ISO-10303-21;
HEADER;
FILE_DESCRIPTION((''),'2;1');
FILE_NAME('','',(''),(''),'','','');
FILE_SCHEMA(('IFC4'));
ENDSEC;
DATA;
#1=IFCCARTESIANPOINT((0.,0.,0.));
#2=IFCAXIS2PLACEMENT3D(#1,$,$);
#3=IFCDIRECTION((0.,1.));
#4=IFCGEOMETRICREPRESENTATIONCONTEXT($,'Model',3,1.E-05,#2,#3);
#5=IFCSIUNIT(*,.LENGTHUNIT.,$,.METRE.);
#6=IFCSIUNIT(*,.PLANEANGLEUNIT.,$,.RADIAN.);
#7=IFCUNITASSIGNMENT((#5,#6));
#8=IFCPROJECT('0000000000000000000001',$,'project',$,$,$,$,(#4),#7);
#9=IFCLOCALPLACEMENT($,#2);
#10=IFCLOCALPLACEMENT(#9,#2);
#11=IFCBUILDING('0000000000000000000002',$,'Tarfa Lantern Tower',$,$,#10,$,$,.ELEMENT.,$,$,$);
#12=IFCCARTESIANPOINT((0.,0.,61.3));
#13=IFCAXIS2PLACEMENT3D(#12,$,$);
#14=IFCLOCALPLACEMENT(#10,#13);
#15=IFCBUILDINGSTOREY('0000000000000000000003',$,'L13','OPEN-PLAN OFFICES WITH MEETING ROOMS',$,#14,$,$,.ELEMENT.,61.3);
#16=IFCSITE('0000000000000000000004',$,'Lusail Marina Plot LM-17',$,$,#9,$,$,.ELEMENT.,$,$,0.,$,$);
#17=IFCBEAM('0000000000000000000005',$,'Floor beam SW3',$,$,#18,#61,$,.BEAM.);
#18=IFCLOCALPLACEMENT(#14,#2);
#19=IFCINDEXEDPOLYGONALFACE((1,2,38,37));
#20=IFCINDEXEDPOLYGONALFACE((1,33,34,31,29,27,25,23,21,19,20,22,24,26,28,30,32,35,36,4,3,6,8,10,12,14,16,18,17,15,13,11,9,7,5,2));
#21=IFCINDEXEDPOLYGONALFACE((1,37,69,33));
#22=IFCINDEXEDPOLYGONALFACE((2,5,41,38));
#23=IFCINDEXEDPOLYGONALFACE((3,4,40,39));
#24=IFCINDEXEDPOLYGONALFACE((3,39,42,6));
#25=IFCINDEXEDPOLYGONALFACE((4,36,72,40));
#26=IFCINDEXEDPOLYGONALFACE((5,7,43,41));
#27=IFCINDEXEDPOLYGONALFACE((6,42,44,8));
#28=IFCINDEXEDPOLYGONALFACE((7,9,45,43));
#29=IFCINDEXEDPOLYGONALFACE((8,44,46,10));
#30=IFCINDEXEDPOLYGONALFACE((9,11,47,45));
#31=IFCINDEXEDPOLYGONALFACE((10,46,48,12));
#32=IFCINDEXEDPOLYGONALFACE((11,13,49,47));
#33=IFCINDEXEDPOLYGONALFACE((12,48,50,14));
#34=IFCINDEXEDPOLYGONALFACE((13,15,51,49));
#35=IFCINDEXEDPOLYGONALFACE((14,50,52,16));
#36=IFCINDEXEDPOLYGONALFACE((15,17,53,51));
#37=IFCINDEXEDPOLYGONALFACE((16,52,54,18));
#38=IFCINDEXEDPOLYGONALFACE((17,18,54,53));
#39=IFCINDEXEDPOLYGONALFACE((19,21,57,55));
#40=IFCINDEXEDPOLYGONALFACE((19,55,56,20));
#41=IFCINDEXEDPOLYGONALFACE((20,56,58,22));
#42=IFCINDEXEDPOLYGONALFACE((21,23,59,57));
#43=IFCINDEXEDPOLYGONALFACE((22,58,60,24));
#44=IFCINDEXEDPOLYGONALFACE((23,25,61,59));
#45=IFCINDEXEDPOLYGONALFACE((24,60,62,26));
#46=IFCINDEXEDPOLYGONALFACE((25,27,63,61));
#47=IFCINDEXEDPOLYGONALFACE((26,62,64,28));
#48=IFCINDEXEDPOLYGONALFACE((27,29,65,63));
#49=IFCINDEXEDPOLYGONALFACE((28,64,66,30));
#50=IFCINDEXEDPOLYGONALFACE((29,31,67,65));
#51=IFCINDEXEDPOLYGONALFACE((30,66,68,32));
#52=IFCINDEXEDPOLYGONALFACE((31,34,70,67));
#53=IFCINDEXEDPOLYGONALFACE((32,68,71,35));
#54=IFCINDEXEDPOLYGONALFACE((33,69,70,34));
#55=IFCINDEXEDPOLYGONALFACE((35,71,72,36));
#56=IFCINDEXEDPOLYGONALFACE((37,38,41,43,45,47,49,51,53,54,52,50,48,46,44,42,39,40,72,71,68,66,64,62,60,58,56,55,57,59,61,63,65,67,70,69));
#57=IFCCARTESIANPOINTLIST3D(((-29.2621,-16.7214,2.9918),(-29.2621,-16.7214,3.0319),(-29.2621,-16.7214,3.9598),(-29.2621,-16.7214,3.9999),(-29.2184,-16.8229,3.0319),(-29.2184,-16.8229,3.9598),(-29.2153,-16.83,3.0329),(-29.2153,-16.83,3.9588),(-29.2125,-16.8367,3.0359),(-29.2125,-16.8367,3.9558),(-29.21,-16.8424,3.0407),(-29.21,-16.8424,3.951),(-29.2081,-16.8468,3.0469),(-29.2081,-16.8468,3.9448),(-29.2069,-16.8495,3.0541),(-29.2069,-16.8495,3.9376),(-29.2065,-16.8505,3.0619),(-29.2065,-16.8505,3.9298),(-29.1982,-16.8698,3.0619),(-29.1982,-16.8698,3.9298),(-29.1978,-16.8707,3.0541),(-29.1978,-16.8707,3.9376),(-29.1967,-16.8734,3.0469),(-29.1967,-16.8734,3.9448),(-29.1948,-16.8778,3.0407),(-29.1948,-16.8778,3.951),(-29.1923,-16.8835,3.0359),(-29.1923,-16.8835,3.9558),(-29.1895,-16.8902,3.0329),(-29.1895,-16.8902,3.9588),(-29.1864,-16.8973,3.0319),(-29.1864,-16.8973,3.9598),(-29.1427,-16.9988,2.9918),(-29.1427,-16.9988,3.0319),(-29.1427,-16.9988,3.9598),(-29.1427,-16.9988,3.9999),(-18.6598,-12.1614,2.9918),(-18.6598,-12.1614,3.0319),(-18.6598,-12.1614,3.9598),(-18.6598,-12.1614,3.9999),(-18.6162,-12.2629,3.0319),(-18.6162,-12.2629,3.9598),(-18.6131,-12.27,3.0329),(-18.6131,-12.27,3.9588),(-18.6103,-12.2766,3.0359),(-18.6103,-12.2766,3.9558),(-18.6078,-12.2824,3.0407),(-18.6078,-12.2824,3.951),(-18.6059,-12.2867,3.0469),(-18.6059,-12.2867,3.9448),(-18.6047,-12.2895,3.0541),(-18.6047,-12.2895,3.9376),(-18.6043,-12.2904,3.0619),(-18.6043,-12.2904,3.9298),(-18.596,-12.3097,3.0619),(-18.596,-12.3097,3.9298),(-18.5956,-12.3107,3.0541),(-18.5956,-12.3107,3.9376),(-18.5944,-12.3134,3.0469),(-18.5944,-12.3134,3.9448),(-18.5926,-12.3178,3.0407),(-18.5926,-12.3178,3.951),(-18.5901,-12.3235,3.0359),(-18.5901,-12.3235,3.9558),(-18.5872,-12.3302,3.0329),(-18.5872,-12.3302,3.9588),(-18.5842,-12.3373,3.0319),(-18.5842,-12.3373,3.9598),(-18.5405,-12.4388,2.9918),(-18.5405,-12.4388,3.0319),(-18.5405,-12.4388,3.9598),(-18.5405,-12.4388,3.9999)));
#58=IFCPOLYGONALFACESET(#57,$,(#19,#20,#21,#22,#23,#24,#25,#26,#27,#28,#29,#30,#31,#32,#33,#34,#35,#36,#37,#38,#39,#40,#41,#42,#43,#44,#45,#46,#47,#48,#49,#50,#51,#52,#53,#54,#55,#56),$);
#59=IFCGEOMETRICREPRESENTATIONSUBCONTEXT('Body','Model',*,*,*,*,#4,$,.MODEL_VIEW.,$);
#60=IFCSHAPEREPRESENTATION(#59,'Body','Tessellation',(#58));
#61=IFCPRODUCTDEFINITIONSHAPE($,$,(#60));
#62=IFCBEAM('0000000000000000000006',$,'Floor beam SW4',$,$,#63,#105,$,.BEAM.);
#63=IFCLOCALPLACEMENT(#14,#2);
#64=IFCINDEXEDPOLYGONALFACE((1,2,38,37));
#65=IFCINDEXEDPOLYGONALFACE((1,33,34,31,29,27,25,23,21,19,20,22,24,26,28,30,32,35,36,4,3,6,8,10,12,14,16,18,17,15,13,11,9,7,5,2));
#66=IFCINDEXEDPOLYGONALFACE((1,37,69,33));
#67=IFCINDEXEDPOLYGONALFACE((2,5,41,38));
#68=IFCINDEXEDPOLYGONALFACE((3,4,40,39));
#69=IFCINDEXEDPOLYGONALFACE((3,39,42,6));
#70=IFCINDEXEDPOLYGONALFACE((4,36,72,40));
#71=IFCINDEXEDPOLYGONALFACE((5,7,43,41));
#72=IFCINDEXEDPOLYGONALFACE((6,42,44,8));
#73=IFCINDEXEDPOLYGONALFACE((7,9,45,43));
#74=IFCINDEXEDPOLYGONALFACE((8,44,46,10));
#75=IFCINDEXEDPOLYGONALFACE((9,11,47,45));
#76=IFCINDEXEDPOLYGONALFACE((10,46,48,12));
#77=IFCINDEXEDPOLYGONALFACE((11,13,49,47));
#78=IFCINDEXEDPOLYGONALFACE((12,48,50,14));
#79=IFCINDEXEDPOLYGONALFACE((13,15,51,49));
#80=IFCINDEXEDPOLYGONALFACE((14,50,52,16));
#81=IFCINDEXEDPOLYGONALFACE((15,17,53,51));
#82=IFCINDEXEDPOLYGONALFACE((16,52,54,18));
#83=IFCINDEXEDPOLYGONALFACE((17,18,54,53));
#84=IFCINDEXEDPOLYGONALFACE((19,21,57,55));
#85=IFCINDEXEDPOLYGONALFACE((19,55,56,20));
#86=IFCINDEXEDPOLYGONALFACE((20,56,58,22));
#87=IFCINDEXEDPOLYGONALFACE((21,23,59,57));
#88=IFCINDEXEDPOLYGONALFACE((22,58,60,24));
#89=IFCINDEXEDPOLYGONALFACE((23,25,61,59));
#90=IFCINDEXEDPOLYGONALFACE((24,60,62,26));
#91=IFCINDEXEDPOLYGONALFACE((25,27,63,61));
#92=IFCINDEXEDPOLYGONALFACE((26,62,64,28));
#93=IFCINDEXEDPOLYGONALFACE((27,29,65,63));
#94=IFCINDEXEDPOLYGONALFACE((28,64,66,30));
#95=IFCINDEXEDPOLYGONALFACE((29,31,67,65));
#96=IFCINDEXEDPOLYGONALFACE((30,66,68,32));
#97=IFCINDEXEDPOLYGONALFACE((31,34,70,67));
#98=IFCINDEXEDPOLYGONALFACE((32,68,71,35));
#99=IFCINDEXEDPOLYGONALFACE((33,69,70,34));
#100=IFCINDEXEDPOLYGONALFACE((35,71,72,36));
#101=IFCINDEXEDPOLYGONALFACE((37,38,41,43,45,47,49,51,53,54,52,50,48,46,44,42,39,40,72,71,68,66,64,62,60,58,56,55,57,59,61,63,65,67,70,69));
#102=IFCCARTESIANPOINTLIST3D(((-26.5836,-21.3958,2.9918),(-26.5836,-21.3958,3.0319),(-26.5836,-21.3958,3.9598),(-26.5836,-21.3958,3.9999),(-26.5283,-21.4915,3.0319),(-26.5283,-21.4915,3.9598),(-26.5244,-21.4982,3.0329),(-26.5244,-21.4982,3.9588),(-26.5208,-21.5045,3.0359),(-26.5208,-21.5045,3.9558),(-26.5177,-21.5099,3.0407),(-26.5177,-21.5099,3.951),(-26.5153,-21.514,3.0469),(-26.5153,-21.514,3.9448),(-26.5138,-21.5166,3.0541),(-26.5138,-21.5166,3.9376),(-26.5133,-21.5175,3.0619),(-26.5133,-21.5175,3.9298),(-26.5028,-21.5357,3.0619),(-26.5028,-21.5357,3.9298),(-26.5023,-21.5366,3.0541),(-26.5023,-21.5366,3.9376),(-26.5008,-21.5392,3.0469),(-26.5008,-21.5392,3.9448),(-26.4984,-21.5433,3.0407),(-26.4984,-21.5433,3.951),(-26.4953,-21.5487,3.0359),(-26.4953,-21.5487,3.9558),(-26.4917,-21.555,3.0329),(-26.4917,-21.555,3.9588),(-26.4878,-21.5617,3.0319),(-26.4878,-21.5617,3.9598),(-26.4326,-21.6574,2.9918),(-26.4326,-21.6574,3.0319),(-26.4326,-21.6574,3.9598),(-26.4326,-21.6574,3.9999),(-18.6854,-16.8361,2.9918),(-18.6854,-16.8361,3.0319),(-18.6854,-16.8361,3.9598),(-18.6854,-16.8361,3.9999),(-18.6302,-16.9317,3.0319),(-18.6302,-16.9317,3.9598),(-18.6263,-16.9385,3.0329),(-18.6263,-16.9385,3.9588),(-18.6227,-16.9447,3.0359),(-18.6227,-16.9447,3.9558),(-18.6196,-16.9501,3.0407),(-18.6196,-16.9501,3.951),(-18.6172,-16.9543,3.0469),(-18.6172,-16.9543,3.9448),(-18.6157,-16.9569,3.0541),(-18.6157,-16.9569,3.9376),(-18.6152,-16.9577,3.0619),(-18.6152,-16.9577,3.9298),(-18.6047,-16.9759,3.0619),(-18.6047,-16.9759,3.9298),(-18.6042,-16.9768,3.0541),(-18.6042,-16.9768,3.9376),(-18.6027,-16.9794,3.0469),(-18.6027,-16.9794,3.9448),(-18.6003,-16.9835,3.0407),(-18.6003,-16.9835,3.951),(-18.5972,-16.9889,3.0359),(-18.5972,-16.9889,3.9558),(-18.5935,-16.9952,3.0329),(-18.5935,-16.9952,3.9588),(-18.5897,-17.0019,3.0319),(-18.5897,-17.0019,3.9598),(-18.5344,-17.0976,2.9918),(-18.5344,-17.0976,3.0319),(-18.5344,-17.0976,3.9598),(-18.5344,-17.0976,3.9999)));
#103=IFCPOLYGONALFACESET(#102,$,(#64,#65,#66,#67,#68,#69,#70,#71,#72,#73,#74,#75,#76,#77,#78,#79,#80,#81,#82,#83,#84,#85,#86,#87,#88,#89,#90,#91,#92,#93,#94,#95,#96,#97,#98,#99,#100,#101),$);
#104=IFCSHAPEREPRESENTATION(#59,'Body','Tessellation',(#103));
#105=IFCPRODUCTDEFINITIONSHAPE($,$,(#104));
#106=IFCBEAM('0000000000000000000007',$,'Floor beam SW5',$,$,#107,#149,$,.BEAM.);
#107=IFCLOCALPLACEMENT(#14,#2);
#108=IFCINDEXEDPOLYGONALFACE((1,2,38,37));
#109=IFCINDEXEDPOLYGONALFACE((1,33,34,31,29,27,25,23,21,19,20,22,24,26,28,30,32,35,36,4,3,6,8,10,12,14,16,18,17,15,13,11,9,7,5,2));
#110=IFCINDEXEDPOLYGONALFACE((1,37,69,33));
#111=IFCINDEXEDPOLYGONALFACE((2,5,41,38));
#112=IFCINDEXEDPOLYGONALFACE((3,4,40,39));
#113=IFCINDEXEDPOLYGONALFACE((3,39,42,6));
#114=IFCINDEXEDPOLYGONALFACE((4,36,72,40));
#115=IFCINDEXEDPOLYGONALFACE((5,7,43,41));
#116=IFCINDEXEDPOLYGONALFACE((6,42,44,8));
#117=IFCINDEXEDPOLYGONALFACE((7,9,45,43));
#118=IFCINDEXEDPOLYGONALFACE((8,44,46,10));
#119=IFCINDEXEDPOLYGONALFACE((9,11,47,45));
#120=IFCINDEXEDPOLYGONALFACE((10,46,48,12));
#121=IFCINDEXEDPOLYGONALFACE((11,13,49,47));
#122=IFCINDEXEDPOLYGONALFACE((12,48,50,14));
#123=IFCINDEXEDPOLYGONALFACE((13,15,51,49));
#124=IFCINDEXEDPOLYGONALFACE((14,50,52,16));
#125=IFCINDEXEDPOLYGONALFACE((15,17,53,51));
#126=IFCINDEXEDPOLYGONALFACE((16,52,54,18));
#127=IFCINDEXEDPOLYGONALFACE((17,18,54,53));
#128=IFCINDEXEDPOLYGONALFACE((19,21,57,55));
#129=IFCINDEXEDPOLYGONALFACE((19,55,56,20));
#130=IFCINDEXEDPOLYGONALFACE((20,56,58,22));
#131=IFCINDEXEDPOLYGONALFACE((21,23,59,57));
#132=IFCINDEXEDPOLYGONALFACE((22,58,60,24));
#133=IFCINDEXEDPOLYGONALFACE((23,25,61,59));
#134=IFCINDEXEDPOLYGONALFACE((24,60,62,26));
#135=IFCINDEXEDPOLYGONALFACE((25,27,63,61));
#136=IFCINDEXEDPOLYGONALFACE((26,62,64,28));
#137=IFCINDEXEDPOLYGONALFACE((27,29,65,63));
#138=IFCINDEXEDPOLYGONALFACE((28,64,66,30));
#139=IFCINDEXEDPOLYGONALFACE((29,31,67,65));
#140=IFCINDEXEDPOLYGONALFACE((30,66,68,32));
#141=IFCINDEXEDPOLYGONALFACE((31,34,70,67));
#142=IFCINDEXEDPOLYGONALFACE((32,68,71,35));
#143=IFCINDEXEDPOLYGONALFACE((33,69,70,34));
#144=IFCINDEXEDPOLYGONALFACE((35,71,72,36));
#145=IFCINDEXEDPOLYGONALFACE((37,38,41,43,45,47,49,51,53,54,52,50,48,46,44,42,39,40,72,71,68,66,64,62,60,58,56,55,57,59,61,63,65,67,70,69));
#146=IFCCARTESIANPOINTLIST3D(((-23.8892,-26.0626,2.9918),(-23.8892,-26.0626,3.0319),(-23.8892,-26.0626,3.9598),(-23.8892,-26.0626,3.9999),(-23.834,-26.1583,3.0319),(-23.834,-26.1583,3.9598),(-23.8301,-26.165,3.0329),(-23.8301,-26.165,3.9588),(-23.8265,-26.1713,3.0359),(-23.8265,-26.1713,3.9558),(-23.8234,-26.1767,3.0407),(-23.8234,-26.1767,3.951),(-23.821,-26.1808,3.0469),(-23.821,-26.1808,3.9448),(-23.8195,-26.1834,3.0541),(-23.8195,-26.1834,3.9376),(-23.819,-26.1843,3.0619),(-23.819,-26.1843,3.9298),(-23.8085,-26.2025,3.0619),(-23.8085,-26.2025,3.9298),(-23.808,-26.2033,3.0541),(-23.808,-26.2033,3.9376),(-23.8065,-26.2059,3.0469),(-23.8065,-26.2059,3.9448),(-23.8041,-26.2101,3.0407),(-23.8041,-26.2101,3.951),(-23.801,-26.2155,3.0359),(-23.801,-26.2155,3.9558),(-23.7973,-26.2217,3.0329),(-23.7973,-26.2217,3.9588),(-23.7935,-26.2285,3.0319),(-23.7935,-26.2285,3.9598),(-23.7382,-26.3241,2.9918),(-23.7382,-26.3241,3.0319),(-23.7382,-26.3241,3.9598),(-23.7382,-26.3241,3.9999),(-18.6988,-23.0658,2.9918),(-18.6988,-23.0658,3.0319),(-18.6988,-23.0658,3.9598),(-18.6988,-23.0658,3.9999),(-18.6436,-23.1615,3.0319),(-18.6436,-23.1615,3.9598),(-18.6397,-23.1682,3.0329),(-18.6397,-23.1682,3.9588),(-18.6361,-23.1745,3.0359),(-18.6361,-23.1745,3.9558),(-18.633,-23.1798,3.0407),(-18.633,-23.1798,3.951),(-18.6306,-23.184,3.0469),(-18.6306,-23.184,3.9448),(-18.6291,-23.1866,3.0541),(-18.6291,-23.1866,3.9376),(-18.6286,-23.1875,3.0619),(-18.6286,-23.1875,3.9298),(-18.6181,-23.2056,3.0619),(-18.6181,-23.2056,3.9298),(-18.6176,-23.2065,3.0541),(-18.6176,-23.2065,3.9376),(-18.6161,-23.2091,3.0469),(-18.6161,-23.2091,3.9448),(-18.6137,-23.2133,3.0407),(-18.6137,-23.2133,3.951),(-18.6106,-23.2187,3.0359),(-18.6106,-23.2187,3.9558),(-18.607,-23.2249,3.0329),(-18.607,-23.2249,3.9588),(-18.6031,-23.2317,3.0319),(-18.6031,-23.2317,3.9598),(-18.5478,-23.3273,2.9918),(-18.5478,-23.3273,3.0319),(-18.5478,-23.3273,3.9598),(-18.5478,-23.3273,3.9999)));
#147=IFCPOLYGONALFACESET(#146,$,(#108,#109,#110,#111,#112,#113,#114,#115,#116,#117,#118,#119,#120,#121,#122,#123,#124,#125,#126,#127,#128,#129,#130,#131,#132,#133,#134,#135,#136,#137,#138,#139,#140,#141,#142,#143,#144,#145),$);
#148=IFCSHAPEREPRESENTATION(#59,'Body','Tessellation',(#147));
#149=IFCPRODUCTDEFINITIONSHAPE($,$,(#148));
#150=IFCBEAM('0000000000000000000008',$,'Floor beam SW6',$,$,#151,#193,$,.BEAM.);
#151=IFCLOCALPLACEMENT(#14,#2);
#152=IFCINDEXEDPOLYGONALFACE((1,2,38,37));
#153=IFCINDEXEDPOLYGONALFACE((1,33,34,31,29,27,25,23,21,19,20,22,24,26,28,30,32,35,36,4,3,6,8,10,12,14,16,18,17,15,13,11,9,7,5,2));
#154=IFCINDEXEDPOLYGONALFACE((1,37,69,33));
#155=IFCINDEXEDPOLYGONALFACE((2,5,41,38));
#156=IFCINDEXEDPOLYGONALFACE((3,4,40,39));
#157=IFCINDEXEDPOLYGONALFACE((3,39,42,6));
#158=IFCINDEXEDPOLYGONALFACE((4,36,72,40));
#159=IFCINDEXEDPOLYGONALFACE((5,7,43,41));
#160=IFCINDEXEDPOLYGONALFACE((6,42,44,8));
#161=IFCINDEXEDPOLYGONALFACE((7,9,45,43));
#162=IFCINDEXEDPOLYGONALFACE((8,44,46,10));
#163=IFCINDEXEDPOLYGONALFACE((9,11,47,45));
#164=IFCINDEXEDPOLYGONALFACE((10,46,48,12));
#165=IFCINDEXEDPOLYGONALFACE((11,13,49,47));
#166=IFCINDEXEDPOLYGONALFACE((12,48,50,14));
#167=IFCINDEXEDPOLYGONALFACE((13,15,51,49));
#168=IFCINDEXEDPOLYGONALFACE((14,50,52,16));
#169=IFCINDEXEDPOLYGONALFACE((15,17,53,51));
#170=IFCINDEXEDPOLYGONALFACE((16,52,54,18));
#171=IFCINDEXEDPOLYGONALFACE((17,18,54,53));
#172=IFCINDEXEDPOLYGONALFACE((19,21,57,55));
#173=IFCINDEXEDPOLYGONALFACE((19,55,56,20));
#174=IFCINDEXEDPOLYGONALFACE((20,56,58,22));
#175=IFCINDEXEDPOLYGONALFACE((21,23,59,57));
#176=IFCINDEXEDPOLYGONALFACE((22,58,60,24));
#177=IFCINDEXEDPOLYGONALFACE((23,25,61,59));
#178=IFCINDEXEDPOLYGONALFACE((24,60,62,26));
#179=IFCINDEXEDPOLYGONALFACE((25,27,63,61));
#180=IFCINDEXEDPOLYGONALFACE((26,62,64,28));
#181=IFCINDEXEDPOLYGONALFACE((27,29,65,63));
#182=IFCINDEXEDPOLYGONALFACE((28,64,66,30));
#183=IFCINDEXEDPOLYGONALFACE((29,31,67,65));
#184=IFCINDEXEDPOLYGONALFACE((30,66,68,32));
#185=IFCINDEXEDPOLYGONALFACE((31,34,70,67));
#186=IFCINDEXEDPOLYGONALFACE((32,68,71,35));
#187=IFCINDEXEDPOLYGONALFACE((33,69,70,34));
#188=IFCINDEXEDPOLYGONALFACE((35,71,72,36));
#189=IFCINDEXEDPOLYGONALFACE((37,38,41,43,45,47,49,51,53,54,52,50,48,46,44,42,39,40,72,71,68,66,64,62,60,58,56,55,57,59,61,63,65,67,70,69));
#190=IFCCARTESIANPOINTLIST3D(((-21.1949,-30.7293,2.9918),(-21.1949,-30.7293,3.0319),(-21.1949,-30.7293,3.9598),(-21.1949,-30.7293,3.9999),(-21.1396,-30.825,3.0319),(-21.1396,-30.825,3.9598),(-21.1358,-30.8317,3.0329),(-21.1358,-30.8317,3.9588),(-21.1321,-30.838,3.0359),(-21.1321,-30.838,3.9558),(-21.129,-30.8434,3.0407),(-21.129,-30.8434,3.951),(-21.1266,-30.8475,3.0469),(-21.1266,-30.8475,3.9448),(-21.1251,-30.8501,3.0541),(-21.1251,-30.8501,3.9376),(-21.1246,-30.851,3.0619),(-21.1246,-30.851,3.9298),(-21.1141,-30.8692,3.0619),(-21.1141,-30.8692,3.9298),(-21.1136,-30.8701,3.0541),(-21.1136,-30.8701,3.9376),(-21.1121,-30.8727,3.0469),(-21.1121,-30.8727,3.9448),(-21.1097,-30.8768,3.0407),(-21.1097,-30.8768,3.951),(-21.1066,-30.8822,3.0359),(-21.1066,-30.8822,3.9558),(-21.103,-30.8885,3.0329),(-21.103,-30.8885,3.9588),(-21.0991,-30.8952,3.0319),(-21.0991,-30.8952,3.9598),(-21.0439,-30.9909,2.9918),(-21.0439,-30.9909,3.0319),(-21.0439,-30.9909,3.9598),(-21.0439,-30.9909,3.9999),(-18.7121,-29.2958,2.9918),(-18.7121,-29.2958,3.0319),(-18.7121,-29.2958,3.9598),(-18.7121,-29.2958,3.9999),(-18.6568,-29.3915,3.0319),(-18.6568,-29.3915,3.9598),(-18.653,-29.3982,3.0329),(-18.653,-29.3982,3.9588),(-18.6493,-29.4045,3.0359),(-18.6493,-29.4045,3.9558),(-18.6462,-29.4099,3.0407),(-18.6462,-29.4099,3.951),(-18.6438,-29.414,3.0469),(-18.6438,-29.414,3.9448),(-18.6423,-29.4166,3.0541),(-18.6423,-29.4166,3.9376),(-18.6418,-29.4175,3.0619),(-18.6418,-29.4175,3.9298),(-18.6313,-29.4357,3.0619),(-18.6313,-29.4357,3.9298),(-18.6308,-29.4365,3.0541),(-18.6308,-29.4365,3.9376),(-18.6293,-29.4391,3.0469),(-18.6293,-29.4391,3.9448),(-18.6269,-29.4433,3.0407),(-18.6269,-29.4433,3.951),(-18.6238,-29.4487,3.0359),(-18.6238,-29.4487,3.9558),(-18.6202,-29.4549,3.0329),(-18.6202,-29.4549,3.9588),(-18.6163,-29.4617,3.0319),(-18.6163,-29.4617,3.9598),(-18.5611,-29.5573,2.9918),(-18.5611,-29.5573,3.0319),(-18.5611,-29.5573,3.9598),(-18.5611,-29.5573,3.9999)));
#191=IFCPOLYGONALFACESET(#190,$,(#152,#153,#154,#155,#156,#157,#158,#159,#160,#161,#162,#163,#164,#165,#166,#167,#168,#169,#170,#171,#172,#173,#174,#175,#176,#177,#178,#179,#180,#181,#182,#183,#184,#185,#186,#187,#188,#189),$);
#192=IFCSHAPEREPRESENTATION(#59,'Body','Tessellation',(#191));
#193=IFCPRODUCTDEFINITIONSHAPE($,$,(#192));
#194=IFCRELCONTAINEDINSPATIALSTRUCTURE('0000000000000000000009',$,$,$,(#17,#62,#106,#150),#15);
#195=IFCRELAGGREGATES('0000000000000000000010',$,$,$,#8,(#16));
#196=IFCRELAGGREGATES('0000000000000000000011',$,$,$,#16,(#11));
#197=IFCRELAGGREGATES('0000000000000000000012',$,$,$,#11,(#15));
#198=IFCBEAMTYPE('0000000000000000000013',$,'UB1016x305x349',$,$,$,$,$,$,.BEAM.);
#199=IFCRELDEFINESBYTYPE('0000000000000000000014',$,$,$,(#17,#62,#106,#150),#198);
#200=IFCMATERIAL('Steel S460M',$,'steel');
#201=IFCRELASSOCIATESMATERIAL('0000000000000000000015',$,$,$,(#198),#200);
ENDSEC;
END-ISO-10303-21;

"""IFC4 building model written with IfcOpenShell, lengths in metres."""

from ifc_helpers import new_model, si_unit, direction, frame, origin, origin_2d, place, context, subcontext, project, spatial, i_section, extrude, material, material_profile, profile_set, type_object, element, save


model = new_model("IFC4")

# Units and contexts
model_context = context("Model", 3, precision=1e-05, world=origin(), true_north=direction((0.0, 1.0)))
body_context = subcontext(model_context, "Body", "Model", "MODEL_VIEW")
ifc_project = project(units=[si_unit("LENGTHUNIT", "METRE"), si_unit("PLANEANGLEUNIT", "RADIAN")], contexts=[model_context])

# Site, building, storey
site_placement = place(None, origin())
site = spatial("IfcSite", under=ifc_project, at=site_placement, Name="Lusail Marina Plot LM-17", CompositionType="ELEMENT", RefElevation=0.0)
building_placement = place(site_placement, origin())
building = spatial("IfcBuilding", under=site, at=building_placement, Name="Tarfa Lantern Tower", CompositionType="ELEMENT")
storey_placement = place(building_placement, frame((0.0, 0.0, 61.3)))
storey = spatial("IfcBuildingStorey", under=building, at=storey_placement, Name="L13", Description="OPEN-PLAN OFFICES WITH MEETING ROOMS", CompositionType="ELEMENT", Elevation=61.3)

# Beams
ifc_material_1 = material(Name="Steel S460M", Category="steel")
ifc_material_profile_1 = material_profile(ifc_material_1, i_section(OverallWidth=0.302, OverallDepth=1.0081, WebThickness=0.021, FlangeThickness=0.04, FilletRadius=0.03, at=origin_2d()), Name="UB1016x305x349")
ifc_profile_set_1 = profile_set([ifc_material_profile_1], Name="Steel S460M")
beam_type_1 = type_object("IfcBeamType", Name="UB1016x305x349", PredefinedType="BEAM", material=ifc_profile_set_1)
beam_1_placement = place(storey_placement, frame((-29.2024, -16.8601, 3.4958), z_axis=(0.918635, 0.395106, 0.0), x_axis=(-0.395106, 0.918635, 0.0)))
element("IfcBeam", 1, at=beam_1_placement, inside=storey, type_object=beam_type_1, Name="Floor beam SW3", PredefinedType="BEAM", context=body_context, shape_type="SweptSolid", body=[
    extrude(i_section(OverallWidth=0.302, OverallDepth=1.0081, WebThickness=0.021, FlangeThickness=0.04, FilletRadius=0.03, at=origin_2d()), origin(), (0.0, 0.0, 1.0), 11.5413),
])
beam_2_placement = place(storey_placement, frame((-26.5081, -21.5266, 3.4958), z_axis=(0.866035, 0.499983, 0.0), x_axis=(-0.499983, 0.866035, 0.0)))
element("IfcBeam", 2, at=beam_2_placement, inside=storey, type_object=beam_type_1, Name="Floor beam SW4", PredefinedType="BEAM", context=body_context, shape_type="SweptSolid", body=[
    extrude(i_section(OverallWidth=0.302, OverallDepth=1.0081, WebThickness=0.021, FlangeThickness=0.04, FilletRadius=0.03, at=origin_2d()), origin(), (0.0, 0.0, 1.0), 9.1199),
])
beam_3_placement = place(storey_placement, frame((-23.8137, -26.1934, 3.4958), z_axis=(0.866016, 0.500016, 0.0), x_axis=(-0.500016, 0.866016, 0.0)))
element("IfcBeam", 3, at=beam_3_placement, inside=storey, type_object=beam_type_1, Name="Floor beam SW5", PredefinedType="BEAM", context=body_context, shape_type="SweptSolid", body=[
    extrude(i_section(OverallWidth=0.302, OverallDepth=1.0081, WebThickness=0.021, FlangeThickness=0.04, FilletRadius=0.03, at=origin_2d()), origin(), (0.0, 0.0, 1.0), 5.9934),
])
beam_4_placement = place(storey_placement, frame((-21.1194, -30.8601, 3.4958), z_axis=(0.866013, 0.500022, 0.0), x_axis=(-0.500022, 0.866013, 0.0)))
element("IfcBeam", 4, at=beam_4_placement, inside=storey, type_object=beam_type_1, Name="Floor beam SW6", PredefinedType="BEAM", context=body_context, shape_type="SweptSolid", body=[
    extrude(i_section(OverallWidth=0.302, OverallDepth=1.0081, WebThickness=0.021, FlangeThickness=0.04, FilletRadius=0.03, at=origin_2d()), origin(), (0.0, 0.0, 1.0), 2.8669),
])

save(model, "model.ifc")
